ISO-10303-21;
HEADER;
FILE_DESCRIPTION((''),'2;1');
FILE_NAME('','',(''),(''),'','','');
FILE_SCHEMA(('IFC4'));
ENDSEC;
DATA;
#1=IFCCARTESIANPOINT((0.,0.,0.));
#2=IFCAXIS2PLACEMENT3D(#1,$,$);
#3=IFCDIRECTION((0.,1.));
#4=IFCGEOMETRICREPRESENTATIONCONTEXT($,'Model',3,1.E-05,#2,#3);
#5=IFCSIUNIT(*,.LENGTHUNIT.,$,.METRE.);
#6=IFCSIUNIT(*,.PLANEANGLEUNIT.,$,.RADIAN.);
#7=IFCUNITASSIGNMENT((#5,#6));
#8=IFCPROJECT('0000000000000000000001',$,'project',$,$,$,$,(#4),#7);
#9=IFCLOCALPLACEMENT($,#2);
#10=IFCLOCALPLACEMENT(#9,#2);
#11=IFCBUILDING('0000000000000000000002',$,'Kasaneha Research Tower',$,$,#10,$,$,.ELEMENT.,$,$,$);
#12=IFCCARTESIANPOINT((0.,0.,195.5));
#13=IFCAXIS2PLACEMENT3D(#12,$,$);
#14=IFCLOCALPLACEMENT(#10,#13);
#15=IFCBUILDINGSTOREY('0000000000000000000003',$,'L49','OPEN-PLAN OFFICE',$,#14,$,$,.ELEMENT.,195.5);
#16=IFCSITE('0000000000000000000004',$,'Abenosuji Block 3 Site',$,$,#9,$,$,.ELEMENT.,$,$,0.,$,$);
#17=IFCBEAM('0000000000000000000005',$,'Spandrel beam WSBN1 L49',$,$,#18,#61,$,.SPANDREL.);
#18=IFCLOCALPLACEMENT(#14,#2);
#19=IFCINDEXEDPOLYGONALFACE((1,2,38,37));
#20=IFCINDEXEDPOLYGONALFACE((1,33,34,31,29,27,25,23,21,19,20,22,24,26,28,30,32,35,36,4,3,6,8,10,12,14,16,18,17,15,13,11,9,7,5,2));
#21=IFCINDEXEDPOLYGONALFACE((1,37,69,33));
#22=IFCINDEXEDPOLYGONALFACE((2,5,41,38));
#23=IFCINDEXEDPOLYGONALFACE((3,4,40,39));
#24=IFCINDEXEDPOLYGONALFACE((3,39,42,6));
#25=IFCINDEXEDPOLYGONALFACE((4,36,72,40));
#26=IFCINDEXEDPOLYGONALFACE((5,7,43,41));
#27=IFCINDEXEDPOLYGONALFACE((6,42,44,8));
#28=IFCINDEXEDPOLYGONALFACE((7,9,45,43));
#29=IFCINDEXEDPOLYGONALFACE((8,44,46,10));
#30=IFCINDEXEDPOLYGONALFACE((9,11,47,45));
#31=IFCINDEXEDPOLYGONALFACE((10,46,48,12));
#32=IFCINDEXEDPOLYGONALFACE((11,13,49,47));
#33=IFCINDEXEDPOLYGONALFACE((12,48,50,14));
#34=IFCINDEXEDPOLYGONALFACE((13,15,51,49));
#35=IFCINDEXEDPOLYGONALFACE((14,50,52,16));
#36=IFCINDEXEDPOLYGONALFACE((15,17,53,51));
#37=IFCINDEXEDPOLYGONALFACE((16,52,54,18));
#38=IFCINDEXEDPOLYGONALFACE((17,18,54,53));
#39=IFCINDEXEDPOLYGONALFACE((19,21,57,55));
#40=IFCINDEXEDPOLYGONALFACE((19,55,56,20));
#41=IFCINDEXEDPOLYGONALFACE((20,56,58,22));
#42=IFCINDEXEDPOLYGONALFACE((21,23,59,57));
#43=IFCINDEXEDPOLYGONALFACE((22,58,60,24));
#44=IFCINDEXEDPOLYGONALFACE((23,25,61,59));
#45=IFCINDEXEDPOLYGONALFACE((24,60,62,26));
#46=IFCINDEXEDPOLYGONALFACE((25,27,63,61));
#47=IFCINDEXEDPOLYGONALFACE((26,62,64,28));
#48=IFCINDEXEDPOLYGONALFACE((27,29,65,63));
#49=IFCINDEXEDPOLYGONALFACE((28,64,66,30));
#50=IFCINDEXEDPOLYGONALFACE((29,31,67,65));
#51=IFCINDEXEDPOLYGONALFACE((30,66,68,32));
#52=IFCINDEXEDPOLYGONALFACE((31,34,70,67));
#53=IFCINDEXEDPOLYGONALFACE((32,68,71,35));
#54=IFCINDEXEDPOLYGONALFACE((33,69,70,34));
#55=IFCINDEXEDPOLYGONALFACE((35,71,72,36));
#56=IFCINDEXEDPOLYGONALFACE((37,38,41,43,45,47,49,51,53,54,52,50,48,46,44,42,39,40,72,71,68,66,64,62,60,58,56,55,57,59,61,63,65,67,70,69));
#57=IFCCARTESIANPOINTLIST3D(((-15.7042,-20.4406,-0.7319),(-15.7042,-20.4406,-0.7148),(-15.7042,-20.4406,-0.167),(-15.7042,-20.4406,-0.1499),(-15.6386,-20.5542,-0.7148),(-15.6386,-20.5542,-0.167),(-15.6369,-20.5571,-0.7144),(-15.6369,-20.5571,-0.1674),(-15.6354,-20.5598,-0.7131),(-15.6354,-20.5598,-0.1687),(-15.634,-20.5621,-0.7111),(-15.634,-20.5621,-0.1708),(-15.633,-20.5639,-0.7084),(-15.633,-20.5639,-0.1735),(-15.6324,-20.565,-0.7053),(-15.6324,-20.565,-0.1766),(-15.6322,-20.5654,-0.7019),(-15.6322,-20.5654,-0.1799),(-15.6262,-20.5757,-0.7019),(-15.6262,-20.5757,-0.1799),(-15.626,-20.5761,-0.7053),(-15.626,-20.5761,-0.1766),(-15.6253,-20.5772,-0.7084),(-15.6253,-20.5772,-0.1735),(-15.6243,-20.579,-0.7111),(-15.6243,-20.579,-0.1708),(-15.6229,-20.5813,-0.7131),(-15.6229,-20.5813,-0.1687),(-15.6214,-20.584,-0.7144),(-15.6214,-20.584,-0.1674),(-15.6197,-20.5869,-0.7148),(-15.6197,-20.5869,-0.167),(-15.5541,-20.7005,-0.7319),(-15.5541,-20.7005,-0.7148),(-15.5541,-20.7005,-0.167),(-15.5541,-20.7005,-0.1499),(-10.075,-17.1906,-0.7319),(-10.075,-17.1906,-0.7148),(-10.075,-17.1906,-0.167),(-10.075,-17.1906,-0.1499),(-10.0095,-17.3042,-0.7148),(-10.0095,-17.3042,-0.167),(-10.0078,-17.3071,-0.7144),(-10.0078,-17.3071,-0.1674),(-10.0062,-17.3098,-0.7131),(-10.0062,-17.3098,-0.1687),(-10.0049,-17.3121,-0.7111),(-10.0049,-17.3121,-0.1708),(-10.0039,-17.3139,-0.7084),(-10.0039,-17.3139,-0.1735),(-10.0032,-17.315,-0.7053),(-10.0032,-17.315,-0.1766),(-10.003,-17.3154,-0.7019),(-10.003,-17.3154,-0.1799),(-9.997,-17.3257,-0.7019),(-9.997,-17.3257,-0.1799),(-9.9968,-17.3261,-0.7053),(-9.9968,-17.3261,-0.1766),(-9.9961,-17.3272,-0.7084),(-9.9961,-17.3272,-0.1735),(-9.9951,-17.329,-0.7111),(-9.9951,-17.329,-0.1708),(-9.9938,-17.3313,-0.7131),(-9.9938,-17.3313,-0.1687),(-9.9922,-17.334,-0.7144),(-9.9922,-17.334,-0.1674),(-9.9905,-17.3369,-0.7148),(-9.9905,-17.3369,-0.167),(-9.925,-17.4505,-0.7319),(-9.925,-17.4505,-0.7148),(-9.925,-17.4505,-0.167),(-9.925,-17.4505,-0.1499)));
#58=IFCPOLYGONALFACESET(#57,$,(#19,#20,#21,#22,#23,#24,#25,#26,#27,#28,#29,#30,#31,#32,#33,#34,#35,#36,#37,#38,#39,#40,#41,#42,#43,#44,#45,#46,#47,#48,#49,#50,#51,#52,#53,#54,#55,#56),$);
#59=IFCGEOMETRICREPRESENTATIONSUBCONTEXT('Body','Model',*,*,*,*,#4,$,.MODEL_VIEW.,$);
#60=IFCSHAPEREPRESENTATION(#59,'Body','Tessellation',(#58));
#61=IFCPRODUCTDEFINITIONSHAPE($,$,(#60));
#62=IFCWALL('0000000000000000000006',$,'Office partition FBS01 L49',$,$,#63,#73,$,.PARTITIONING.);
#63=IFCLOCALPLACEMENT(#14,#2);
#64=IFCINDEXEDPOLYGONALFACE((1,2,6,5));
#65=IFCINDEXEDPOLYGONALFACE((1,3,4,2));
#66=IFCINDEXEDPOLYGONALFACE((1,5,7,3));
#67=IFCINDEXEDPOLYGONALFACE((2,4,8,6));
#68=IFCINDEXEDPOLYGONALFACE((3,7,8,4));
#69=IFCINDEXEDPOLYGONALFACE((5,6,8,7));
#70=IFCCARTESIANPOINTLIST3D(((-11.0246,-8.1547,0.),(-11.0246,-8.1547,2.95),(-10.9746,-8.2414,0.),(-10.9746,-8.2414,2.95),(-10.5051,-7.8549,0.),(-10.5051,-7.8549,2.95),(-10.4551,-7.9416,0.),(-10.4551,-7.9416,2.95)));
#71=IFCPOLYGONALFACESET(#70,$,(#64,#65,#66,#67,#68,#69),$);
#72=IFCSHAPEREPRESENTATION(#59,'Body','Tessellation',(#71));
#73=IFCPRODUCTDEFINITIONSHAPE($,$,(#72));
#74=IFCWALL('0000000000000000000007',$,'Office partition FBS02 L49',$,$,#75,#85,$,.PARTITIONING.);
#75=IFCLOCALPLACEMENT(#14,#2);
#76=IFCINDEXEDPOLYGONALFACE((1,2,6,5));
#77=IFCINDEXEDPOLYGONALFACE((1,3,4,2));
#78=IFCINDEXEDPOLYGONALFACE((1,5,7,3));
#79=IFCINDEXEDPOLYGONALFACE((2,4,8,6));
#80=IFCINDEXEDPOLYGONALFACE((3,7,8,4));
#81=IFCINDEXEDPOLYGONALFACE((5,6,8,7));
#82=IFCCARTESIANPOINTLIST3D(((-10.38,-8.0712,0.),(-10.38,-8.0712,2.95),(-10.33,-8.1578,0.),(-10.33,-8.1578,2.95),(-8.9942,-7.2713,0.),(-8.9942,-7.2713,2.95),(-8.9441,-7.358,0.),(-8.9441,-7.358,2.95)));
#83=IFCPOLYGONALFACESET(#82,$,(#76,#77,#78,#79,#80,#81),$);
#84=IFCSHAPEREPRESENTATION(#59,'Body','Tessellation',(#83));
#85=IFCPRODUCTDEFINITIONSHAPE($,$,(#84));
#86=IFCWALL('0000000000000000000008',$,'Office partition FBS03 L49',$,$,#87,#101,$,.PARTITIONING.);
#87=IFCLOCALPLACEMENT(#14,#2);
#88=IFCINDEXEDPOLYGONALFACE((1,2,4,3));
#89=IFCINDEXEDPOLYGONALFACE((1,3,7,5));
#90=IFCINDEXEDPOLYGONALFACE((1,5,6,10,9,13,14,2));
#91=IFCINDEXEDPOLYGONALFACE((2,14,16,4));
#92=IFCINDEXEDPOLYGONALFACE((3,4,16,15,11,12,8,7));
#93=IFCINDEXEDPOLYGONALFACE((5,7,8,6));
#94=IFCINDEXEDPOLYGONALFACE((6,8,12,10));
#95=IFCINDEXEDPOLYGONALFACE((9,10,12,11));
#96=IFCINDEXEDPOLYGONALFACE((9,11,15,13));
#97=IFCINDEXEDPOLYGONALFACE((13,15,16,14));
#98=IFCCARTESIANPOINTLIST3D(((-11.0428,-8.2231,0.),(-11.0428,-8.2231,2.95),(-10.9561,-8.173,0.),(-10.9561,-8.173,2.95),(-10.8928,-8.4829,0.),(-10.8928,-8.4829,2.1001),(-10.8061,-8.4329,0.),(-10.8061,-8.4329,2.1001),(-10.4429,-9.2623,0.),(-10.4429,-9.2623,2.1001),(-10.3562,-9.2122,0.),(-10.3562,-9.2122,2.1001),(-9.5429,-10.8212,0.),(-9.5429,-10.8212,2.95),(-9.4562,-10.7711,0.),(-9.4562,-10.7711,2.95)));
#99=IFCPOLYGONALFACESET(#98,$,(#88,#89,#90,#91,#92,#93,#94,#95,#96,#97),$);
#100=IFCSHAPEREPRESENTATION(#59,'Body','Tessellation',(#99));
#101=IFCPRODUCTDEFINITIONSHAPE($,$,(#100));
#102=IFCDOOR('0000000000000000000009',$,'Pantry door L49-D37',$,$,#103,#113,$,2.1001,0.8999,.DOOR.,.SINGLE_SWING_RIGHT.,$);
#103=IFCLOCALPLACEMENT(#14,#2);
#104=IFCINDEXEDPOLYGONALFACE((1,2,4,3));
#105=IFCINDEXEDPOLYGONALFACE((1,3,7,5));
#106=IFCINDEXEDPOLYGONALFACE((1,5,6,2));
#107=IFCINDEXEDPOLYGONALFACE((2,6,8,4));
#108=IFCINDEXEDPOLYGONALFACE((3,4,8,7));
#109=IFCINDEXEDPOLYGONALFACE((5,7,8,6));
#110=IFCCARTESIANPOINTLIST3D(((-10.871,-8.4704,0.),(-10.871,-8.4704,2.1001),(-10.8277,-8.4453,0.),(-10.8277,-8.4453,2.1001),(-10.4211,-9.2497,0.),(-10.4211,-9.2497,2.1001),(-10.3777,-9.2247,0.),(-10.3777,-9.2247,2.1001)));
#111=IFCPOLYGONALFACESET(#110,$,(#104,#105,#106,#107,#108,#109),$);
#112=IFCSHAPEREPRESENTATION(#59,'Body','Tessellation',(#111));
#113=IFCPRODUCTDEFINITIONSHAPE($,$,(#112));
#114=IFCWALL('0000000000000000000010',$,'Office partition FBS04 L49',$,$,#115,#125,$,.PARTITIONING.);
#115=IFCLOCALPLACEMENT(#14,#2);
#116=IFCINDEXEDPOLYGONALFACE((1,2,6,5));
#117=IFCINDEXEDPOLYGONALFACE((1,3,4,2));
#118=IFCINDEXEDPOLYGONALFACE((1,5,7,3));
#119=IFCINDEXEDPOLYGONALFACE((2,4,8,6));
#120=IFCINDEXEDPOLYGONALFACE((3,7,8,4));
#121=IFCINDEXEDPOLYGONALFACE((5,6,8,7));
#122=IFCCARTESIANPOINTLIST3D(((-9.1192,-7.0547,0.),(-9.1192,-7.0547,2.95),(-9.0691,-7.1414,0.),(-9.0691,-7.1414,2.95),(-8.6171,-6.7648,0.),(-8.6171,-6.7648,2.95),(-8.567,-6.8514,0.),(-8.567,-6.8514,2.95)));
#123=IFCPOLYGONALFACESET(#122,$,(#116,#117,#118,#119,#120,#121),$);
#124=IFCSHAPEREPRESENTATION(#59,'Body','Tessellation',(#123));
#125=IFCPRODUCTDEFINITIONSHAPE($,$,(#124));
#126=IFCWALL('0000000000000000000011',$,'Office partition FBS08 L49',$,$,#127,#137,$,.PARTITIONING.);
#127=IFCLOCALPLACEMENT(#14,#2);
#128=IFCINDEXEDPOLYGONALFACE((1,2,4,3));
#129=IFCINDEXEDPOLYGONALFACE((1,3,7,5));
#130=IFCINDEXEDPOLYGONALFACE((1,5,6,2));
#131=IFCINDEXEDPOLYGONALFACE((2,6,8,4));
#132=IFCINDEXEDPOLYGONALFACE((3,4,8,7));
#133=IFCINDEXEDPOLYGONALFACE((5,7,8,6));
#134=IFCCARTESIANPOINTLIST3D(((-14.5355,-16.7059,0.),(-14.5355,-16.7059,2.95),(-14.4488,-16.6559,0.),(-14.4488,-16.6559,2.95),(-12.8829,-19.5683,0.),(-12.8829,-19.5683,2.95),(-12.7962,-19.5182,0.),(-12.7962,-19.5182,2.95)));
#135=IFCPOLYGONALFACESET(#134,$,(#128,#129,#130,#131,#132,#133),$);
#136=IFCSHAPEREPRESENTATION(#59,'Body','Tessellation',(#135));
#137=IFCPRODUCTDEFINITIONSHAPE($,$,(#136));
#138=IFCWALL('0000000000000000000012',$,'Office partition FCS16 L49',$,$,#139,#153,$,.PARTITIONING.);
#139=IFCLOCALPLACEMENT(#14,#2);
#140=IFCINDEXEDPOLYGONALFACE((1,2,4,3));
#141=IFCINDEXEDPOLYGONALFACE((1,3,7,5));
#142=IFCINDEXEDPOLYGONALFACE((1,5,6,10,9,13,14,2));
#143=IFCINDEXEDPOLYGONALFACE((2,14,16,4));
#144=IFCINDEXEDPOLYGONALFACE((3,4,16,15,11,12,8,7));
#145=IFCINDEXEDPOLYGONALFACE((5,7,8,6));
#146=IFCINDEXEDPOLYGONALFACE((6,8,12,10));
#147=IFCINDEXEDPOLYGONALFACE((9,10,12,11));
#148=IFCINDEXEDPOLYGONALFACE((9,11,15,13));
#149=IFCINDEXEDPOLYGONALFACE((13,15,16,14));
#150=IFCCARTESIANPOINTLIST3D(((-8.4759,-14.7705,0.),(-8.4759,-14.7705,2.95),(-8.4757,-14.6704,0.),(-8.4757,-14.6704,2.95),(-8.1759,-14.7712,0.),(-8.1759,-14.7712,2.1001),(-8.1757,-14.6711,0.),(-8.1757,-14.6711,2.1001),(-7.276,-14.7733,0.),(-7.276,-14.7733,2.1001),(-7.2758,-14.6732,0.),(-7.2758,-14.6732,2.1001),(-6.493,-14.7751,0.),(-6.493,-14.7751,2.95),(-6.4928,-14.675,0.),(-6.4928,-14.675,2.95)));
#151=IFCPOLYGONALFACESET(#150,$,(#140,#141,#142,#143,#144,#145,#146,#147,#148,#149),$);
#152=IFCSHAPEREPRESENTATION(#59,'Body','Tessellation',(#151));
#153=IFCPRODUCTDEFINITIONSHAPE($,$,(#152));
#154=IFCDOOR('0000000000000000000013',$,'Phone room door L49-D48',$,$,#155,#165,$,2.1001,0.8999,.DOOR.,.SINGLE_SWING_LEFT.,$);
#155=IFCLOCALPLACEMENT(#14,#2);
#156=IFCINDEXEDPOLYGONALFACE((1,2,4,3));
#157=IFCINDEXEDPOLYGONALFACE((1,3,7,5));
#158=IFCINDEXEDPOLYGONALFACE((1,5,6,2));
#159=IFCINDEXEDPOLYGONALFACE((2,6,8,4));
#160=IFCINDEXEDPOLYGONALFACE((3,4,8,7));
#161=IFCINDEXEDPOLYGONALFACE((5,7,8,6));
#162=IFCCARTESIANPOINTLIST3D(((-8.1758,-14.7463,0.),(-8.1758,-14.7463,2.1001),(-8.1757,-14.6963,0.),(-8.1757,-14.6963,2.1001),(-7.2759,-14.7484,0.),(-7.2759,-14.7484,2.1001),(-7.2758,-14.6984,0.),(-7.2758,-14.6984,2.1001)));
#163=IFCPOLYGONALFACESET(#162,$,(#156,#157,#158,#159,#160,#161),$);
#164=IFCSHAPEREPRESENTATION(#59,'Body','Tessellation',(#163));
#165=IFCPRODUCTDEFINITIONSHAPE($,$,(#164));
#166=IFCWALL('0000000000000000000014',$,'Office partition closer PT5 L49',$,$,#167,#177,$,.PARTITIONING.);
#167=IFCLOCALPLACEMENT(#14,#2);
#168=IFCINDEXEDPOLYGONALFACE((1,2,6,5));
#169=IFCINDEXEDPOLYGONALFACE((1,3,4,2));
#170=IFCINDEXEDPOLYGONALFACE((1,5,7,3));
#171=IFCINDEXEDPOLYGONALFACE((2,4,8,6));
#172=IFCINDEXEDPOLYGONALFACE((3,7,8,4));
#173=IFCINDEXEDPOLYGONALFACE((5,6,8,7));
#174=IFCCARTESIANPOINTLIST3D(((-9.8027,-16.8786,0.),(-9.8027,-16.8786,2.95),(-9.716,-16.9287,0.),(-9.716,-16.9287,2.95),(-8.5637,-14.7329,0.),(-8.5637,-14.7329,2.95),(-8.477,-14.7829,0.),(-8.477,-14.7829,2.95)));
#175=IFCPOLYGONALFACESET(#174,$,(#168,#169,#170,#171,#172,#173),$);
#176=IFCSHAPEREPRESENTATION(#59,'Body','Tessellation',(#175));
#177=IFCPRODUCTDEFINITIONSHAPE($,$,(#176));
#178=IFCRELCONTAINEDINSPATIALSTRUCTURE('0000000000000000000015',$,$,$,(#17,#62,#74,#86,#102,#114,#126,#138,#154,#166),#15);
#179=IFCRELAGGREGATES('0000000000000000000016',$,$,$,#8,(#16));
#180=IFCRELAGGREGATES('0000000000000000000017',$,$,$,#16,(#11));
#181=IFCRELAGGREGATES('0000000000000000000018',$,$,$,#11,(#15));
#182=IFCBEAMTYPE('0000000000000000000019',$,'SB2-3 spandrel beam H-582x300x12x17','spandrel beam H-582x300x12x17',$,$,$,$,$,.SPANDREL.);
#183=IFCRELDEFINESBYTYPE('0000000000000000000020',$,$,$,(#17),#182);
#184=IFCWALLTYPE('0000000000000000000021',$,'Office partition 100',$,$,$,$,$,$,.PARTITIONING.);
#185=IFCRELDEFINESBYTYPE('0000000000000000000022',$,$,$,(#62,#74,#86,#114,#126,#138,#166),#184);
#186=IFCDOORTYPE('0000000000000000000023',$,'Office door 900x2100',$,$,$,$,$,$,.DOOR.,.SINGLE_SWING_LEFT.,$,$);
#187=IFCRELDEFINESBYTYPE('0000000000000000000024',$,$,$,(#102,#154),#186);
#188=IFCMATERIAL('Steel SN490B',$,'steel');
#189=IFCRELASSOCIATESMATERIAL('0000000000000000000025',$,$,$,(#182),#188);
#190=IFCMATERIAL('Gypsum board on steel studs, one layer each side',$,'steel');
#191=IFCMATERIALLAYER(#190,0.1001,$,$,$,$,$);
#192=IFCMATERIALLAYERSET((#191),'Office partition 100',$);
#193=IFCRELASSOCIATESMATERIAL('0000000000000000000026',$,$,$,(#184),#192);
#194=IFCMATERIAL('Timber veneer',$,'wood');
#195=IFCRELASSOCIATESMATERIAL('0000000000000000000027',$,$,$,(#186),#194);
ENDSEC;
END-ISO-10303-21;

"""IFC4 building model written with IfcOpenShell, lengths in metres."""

from ifc_helpers import new_model, si_unit, direction, frame, frame_2d, origin, origin_2d, place, context, subcontext, project, spatial, rectangle, i_section, extrude, material, layer, layer_set, material_profile, profile_set, type_object, element, fill, save


model = new_model("IFC4")

# Units and contexts
model_context = context("Model", 3, precision=1e-05, world=origin(), true_north=direction((0.0, 1.0)))
body_context = subcontext(model_context, "Body", "Model", "MODEL_VIEW")
ifc_project = project(units=[si_unit("LENGTHUNIT", "METRE"), si_unit("PLANEANGLEUNIT", "RADIAN")], contexts=[model_context])

# Site, building, storey
site_placement = place(None, origin())
site = spatial("IfcSite", under=ifc_project, at=site_placement, Name="Abenosuji Block 3 Site", CompositionType="ELEMENT", RefElevation=0.0)
building_placement = place(site_placement, origin())
building = spatial("IfcBuilding", under=site, at=building_placement, Name="Kasaneha Research Tower", CompositionType="ELEMENT")
storey_placement = place(building_placement, frame((0.0, 0.0, 195.5)))
storey = spatial("IfcBuildingStorey", under=building, at=storey_placement, Name="L49", Description="OPEN-PLAN OFFICE", CompositionType="ELEMENT", Elevation=195.5)

# Beam
ifc_material_1 = material(Name="Steel SN490B", Category="steel")
ifc_material_profile_1 = material_profile(ifc_material_1, i_section(OverallWidth=0.3, OverallDepth=0.582, WebThickness=0.012, FlangeThickness=0.0171, FilletRadius=0.0129, at=origin_2d()), Name="H-582x300x12x17")
ifc_profile_set_1 = profile_set([ifc_material_profile_1], Name="Steel SN490B")
beam_type_1 = type_object("IfcBeamType", Name="SB2-3 spandrel beam H-582x300x12x17", Description="spandrel beam H-582x300x12x17", PredefinedType="SPANDREL", material=ifc_profile_set_1)
beam_1_placement = place(storey_placement, frame((-10.0, -17.3206, -0.4409), z_axis=(-0.866025, -0.500001, 0.0), x_axis=(0.500001, -0.866025, 0.0)))
element("IfcBeam", 1, at=beam_1_placement, inside=storey, type_object=beam_type_1, Name="Spandrel beam WSBN1 L49", PredefinedType="SPANDREL", context=body_context, shape_type="SweptSolid", body=[
    extrude(i_section(OverallWidth=0.3, OverallDepth=0.582, WebThickness=0.012, FlangeThickness=0.0171, FilletRadius=0.0129, at=origin_2d()), origin(), (0.0, 0.0, 1.0), 6.5),
])

# Walls
ifc_material_2 = material(Name="Gypsum board on steel studs, one layer each side", Category="steel")
ifc_layer_1 = layer(ifc_material_2, 0.1001)
ifc_layer_set_1 = layer_set([ifc_layer_1], Name="Office partition 100")
wall_type_1 = type_object("IfcWallType", Name="Office partition 100", PredefinedType="PARTITIONING", material=ifc_layer_set_1)
wall_1_placement = place(storey_placement, frame((-10.9995, -8.198, 0.0), z_axis=(0.0, 0.0, 1.0), x_axis=(0.866131, 0.499816, 0.0)))
element("IfcWall", 2, at=wall_1_placement, inside=storey, type_object=wall_type_1, Name="Office partition FBS01 L49", PredefinedType="PARTITIONING", context=body_context, shape_type="SweptSolid", body=[
    extrude(rectangle(XDim=0.5999, YDim=0.1001, at=frame_2d((0.2998, 0.0))), origin(), (0.0, 0.0, 1.0), 2.95),
])
wall_2_placement = place(storey_placement, frame((-10.355, -8.1145, 0.0), z_axis=(0.0, 0.0, 1.0), x_axis=(0.866094, 0.499881, 0.0)))
element("IfcWall", 3, at=wall_2_placement, inside=storey, type_object=wall_type_1, Name="Office partition FBS02 L49", PredefinedType="PARTITIONING", context=body_context, shape_type="SweptSolid", body=[
    extrude(rectangle(XDim=1.6001, YDim=0.1001, at=frame_2d((0.8, 0.0))), origin(), (0.0, 0.0, 1.0), 2.95),
])

# Wall, opening, door
wall_3_placement = place(storey_placement, frame((-9.4995, -10.7961, 0.0), z_axis=(0.0, 0.0, 1.0), x_axis=(-0.49999, 0.866031, 0.0)))
wall_3 = element("IfcWall", 4, at=wall_3_placement, inside=storey, type_object=wall_type_1, Name="Office partition FBS03 L49", PredefinedType="PARTITIONING", context=body_context, shape_type="SweptSolid", body=[
    extrude(rectangle(XDim=3.0, YDim=0.1001, at=frame_2d((1.5, 0.0))), origin(), (0.0, 0.0, 1.0), 2.95),
])
opening_1_placement = place(wall_3_placement, frame((1.8, 0.0, 0.0)))
opening_1 = element("IfcOpeningElement", 5, at=opening_1_placement, cuts=wall_3, PredefinedType="OPENING", context=body_context, shape_type="SweptSolid", body=[
    extrude(rectangle(XDim=0.8999, YDim=2.1001, at=frame_2d((0.45, 1.05))), frame((0.0, 0.0601, 0.0), z_axis=(0.0, -1.0, 0.0), x_axis=(1.0, 0.0, 0.0)), (0.0, 0.0, 1.0), 0.1201),
])
ifc_material_3 = material(Name="Timber veneer", Category="wood")
door_type_1 = type_object("IfcDoorType", Name="Office door 900x2100", OperationType="SINGLE_SWING_LEFT", PredefinedType="DOOR", material=ifc_material_3)
door_1_placement = place(opening_1_placement, origin())
door_1 = element("IfcDoor", 6, at=door_1_placement, inside=storey, type_object=door_type_1, Name="Pantry door L49-D37", OperationType="SINGLE_SWING_RIGHT", OverallHeight=2.1001, OverallWidth=0.8999, PredefinedType="DOOR", context=body_context, shape_type="SweptSolid", body=[
    extrude(rectangle(XDim=0.8999, YDim=2.1001, at=frame_2d((0.45, 1.05))), frame((0.0, 0.0249, 0.0), z_axis=(0.0, -1.0, 0.0), x_axis=(1.0, 0.0, 0.0)), (0.0, 0.0, 1.0), 0.05),
])
fill(opening_1, door_1)

# Walls
wall_4_placement = place(storey_placement, frame((-9.0942, -7.0981, 0.0), z_axis=(0.0, 0.0, 1.0), x_axis=(0.865954, 0.500123, 0.0)))
element("IfcWall", 7, at=wall_4_placement, inside=storey, type_object=wall_type_1, Name="Office partition FBS04 L49", PredefinedType="PARTITIONING", context=body_context, shape_type="SweptSolid", body=[
    extrude(rectangle(XDim=0.5798, YDim=0.1001, at=frame_2d((0.29, 0.0))), origin(), (0.0, 0.0, 1.0), 2.95),
])
wall_5_placement = place(storey_placement, frame((-14.4922, -16.6809, 0.0), z_axis=(0.0, 0.0, 1.0), x_axis=(0.500008, -0.866021, 0.0)))
element("IfcWall", 8, at=wall_5_placement, inside=storey, type_object=wall_type_1, Name="Office partition FBS08 L49", PredefinedType="PARTITIONING", context=body_context, shape_type="SweptSolid", body=[
    extrude(rectangle(XDim=3.3052, YDim=0.1001, at=frame_2d((1.6526, 0.0))), origin(), (0.0, 0.0, 1.0), 2.95),
])

# Wall, opening, door
wall_6_placement = place(storey_placement, frame((-8.4758, -14.7205, 0.0), z_axis=(0.0, 0.0, 1.0), x_axis=(0.999997, -0.002339, 0.0)))
wall_6 = element("IfcWall", 9, at=wall_6_placement, inside=storey, type_object=wall_type_1, Name="Office partition FCS16 L49", PredefinedType="PARTITIONING", context=body_context, shape_type="SweptSolid", body=[
    extrude(rectangle(XDim=1.9829, YDim=0.1001, at=frame_2d((0.9915, 0.0))), origin(), (0.0, 0.0, 1.0), 2.95),
])
opening_2_placement = place(wall_6_placement, frame((0.3, 0.0, 0.0)))
opening_2 = element("IfcOpeningElement", 10, at=opening_2_placement, cuts=wall_6, PredefinedType="OPENING", context=body_context, shape_type="SweptSolid", body=[
    extrude(rectangle(XDim=0.8999, YDim=2.1001, at=frame_2d((0.45, 1.05))), frame((0.0, 0.0601, 0.0), z_axis=(0.0, -1.0, 0.0), x_axis=(1.0, 0.0, 0.0)), (0.0, 0.0, 1.0), 0.1201),
])
door_2_placement = place(opening_2_placement, origin())
door_2 = element("IfcDoor", 11, at=door_2_placement, inside=storey, type_object=door_type_1, Name="Phone room door L49-D48", OperationType="SINGLE_SWING_LEFT", OverallHeight=2.1001, OverallWidth=0.8999, PredefinedType="DOOR", context=body_context, shape_type="SweptSolid", body=[
    extrude(rectangle(XDim=0.8999, YDim=2.1001, at=frame_2d((0.45, 1.05))), frame((0.0, 0.0249, 0.0), z_axis=(0.0, -1.0, 0.0), x_axis=(1.0, 0.0, 0.0)), (0.0, 0.0, 1.0), 0.05),
])
fill(opening_2, door_2)

# Wall
wall_7_placement = place(storey_placement, frame((-9.7593, -16.9036, 0.0), z_axis=(0.0, 0.0, 1.0), x_axis=(0.500049, 0.865997, 0.0)))
element("IfcWall", 12, at=wall_7_placement, inside=storey, type_object=wall_type_1, Name="Office partition closer PT5 L49", PredefinedType="PARTITIONING", context=body_context, shape_type="SweptSolid", body=[
    extrude(rectangle(XDim=2.4778, YDim=0.1001, at=frame_2d((1.2388, 0.0))), origin(), (0.0, 0.0, 1.0), 2.95),
])

save(model, "model.ifc")
